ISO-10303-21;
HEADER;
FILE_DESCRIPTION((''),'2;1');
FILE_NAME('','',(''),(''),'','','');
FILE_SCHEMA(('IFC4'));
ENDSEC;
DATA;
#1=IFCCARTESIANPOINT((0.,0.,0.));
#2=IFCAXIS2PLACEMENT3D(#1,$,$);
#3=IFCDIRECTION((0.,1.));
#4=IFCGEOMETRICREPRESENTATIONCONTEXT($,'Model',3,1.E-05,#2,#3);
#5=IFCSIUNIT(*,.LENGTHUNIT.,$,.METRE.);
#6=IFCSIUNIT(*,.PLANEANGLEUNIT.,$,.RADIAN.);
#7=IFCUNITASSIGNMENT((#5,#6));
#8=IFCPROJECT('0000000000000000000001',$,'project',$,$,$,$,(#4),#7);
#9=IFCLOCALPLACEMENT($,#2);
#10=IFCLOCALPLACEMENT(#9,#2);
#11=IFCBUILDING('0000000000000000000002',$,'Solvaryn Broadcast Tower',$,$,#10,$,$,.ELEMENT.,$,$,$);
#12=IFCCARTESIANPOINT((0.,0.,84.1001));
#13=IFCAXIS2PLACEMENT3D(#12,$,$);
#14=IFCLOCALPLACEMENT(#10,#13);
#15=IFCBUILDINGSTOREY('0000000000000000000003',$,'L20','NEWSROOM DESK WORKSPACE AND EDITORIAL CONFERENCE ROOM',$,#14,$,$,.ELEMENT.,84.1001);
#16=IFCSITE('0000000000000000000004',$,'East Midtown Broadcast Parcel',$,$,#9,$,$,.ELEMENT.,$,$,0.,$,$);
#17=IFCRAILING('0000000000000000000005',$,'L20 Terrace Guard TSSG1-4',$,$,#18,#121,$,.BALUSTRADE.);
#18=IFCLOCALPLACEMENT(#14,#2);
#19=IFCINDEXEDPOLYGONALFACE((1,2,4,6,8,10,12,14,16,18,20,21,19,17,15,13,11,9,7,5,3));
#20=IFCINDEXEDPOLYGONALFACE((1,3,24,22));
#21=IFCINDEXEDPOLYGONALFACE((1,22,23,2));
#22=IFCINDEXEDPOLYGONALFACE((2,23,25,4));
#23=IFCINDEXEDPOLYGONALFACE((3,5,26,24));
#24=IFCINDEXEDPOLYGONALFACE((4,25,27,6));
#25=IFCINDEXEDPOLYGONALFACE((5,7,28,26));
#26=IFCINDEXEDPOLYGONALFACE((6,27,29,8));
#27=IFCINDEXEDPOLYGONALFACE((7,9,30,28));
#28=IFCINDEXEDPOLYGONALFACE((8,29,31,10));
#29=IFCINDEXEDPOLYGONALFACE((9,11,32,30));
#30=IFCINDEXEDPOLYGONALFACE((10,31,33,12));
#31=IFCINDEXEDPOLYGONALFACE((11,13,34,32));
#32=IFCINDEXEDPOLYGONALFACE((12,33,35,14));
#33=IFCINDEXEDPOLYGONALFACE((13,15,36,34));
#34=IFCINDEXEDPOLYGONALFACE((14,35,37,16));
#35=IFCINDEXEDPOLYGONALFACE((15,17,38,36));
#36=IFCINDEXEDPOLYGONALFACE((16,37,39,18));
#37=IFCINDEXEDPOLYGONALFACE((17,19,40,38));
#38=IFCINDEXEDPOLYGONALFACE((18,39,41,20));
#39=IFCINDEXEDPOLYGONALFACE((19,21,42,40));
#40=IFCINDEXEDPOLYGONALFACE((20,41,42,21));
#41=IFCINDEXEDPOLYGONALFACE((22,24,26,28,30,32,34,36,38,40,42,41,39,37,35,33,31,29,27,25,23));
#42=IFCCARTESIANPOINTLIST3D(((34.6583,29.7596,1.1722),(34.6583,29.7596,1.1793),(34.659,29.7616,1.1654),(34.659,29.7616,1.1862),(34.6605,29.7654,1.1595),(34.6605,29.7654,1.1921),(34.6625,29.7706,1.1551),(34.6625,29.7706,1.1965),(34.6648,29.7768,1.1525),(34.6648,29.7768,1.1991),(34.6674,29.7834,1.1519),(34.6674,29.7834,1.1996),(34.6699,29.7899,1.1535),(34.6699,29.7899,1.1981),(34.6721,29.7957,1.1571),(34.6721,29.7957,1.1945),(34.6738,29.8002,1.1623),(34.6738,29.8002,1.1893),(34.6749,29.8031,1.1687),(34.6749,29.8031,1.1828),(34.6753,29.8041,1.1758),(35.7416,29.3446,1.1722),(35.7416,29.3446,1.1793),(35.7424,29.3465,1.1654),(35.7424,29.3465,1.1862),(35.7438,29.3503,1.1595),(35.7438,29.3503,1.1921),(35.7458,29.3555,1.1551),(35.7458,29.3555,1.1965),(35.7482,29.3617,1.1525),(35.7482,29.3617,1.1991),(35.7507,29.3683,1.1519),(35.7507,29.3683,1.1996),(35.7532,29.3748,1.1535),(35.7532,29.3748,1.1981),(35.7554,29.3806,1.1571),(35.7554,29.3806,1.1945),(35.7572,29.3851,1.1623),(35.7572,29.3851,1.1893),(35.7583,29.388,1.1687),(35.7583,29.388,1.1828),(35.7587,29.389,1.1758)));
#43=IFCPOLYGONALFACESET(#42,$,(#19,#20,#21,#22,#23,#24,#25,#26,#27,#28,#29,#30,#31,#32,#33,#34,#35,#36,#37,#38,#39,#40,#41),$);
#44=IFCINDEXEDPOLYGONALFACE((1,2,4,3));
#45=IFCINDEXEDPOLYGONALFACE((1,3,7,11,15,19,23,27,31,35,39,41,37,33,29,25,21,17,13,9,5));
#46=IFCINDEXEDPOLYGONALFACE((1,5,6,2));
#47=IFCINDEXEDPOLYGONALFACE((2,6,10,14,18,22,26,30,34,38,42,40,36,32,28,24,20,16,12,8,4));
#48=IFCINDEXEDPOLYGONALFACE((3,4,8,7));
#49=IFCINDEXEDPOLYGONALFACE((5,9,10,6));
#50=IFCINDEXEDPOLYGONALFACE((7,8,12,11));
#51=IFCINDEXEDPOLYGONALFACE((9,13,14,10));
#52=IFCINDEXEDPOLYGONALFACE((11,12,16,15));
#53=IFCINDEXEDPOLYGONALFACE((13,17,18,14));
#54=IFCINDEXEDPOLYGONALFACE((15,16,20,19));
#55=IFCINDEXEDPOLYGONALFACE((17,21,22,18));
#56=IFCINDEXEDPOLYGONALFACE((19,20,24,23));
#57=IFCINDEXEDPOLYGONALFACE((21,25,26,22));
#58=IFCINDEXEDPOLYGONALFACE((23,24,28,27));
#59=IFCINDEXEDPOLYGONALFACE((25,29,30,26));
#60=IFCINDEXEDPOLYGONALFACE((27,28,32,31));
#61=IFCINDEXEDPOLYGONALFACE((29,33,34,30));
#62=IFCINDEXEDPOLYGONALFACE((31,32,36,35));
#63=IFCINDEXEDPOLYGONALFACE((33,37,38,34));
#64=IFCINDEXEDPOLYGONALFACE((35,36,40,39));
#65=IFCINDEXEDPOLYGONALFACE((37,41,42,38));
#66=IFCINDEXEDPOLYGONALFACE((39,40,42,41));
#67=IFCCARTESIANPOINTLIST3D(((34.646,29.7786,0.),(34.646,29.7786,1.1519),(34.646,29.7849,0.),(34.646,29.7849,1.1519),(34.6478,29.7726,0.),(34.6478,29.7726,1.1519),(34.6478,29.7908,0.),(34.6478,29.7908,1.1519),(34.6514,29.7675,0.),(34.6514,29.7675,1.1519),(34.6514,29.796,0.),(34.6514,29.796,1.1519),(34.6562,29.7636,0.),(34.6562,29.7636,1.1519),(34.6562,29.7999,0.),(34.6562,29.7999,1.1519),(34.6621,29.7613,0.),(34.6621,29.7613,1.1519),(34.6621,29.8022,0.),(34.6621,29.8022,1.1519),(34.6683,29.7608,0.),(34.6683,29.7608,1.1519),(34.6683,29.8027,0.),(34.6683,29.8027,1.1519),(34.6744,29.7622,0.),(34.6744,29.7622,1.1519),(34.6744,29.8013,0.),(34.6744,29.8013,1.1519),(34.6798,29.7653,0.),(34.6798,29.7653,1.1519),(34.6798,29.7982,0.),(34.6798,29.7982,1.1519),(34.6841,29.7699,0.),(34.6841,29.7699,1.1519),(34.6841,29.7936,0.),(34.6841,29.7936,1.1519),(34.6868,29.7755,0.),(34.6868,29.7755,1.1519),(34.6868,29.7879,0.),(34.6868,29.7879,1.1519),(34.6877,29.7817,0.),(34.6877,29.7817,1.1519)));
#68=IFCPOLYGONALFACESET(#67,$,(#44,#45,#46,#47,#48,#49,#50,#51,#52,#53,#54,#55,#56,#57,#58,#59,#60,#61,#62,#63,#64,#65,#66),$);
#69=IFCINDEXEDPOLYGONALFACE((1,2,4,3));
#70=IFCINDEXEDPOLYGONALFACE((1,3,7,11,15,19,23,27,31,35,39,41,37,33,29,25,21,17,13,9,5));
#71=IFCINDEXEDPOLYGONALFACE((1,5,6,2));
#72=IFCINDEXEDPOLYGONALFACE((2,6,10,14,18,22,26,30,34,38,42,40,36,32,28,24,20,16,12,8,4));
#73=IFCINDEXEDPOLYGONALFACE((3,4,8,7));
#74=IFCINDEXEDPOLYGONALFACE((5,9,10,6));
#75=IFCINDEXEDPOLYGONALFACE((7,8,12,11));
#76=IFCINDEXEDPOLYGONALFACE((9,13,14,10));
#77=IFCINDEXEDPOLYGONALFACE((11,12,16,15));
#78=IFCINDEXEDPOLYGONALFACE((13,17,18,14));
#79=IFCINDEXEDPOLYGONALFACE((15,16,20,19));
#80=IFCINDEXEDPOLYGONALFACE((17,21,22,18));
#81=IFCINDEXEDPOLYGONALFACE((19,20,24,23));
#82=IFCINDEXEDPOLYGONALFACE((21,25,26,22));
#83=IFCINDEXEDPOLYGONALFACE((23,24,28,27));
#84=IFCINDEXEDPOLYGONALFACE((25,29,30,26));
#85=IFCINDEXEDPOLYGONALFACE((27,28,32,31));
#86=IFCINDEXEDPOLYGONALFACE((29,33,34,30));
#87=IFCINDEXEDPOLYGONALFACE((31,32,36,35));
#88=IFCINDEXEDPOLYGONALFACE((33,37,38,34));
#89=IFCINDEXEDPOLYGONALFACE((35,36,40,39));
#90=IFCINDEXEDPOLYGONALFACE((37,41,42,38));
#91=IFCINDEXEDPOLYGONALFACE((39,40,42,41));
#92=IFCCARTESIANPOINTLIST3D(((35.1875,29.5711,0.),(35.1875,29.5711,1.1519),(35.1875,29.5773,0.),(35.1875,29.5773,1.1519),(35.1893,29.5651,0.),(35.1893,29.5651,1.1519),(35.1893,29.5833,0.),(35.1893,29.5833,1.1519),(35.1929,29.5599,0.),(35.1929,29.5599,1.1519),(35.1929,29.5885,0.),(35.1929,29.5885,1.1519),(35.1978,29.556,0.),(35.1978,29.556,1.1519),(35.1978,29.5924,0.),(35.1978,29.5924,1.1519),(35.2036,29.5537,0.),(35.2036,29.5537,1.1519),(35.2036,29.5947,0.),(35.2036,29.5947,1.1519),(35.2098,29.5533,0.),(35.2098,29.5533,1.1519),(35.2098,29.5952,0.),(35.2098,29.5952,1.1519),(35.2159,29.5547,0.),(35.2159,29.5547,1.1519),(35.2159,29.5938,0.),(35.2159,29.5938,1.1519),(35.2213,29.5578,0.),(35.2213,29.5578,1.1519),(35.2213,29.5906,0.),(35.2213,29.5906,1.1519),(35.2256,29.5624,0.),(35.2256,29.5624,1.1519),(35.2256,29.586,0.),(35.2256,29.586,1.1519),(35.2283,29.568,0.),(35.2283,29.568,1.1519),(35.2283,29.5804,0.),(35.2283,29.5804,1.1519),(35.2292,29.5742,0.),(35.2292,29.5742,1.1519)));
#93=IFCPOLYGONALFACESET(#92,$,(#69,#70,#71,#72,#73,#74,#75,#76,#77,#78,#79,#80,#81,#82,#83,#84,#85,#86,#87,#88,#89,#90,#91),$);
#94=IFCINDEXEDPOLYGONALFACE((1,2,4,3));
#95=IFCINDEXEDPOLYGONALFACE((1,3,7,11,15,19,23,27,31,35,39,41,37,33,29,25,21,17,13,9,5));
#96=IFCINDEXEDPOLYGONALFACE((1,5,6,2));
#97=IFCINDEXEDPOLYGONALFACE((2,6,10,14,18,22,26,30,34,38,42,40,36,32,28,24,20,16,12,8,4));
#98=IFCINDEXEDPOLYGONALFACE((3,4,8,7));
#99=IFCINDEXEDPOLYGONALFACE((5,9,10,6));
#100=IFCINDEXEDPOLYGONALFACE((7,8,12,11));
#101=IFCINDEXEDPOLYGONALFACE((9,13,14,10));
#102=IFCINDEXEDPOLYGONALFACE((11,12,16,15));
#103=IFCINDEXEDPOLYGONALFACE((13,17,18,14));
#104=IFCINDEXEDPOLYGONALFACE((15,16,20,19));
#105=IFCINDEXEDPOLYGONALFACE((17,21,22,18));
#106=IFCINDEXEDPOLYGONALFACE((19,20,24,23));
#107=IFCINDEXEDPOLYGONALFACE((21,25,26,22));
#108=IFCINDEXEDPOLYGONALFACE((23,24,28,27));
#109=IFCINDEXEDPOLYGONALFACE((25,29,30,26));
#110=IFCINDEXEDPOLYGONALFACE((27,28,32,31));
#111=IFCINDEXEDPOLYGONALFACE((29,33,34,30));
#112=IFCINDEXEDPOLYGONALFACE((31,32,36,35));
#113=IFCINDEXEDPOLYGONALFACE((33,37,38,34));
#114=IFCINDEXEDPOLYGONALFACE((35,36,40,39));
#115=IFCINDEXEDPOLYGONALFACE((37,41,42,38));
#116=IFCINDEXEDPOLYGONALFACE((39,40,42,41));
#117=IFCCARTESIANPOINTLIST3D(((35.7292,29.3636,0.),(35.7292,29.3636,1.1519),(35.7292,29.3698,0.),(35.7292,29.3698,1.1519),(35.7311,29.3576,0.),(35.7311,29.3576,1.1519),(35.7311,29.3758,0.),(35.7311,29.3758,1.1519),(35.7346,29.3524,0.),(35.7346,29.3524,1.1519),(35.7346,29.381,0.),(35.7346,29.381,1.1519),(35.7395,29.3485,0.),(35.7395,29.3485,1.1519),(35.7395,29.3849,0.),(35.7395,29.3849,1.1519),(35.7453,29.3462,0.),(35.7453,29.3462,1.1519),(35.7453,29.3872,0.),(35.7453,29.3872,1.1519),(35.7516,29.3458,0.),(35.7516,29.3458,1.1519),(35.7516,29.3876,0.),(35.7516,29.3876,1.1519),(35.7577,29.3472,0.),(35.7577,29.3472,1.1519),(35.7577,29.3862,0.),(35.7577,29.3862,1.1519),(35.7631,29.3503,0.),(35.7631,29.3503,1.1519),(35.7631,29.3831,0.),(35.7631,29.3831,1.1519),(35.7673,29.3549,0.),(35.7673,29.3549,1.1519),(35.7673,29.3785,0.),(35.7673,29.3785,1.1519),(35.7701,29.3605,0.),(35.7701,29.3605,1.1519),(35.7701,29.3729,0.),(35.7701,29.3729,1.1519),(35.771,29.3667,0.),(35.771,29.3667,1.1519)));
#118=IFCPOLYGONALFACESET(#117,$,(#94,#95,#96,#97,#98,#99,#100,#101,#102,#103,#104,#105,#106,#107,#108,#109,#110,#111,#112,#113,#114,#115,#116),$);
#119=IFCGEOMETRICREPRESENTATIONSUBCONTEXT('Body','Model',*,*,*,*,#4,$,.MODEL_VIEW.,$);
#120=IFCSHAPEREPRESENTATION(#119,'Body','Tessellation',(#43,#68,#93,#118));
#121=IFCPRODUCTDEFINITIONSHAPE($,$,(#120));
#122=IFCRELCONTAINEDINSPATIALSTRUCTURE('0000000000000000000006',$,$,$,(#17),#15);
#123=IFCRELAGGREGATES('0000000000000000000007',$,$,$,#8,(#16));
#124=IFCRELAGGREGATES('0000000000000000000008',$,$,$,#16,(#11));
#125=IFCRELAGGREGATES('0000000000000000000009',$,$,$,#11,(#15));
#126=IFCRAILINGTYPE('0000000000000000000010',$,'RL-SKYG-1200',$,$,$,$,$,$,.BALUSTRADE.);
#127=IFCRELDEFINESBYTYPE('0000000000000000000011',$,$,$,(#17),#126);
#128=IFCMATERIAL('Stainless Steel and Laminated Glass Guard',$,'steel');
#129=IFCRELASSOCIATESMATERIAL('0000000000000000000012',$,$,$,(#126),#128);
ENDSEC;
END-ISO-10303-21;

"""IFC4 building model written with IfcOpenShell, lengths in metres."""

from ifc_helpers import new_model, si_unit, direction, frame, origin, origin_2d, place, context, subcontext, project, spatial, circle, extrude, material, type_object, element, save


model = new_model("IFC4")

# Units and contexts
model_context = context("Model", 3, precision=1e-05, world=origin(), true_north=direction((0.0, 1.0)))
body_context = subcontext(model_context, "Body", "Model", "MODEL_VIEW")
ifc_project = project(units=[si_unit("LENGTHUNIT", "METRE"), si_unit("PLANEANGLEUNIT", "RADIAN")], contexts=[model_context])

# Site, building, storey
site_placement = place(None, origin())
site = spatial("IfcSite", under=ifc_project, at=site_placement, Name="East Midtown Broadcast Parcel", CompositionType="ELEMENT", RefElevation=0.0)
building_placement = place(site_placement, origin())
building = spatial("IfcBuilding", under=site, at=building_placement, Name="Solvaryn Broadcast Tower", CompositionType="ELEMENT")
storey_placement = place(building_placement, frame((0.0, 0.0, 84.1001)))
storey = spatial("IfcBuildingStorey", under=building, at=storey_placement, Name="L20", Description="NEWSROOM DESK WORKSPACE AND EDITORIAL CONFERENCE ROOM", CompositionType="ELEMENT", Elevation=84.1001)

# Railing
ifc_material_1 = material(Name="Stainless Steel and Laminated Glass Guard", Category="steel")
railing_type = type_object("IfcRailingType", Name="RL-SKYG-1200", PredefinedType="BALUSTRADE", material=ifc_material_1)
railing_1_placement = place(storey_placement, frame((34.6667, 29.7817, 0.0)))
element("IfcRailing", 1, at=railing_1_placement, inside=storey, type_object=railing_type, Name="L20 Terrace Guard TSSG1-4", PredefinedType="BALUSTRADE", context=body_context, shape_type="SweptSolid", body=[
    extrude(circle(Radius=0.0239, at=origin_2d()), frame((0.0, 0.0, 1.1758), z_axis=(0.933806, -0.35778, 0.0), x_axis=(0.35778, 0.933806, 0.0)), (0.0, 0.0, 1.0), 1.1602),
    extrude(circle(Radius=0.021, at=origin_2d()), origin(), (0.0, 0.0, 1.0), 1.1519),
    extrude(circle(Radius=0.021, at=origin_2d()), frame((0.5415, -0.2075, 0.0)), (0.0, 0.0, 1.0), 1.1519),
    extrude(circle(Radius=0.021, at=origin_2d()), frame((1.0833, -0.415, 0.0)), (0.0, 0.0, 1.0), 1.1519),
])

save(model, "model.ifc")
